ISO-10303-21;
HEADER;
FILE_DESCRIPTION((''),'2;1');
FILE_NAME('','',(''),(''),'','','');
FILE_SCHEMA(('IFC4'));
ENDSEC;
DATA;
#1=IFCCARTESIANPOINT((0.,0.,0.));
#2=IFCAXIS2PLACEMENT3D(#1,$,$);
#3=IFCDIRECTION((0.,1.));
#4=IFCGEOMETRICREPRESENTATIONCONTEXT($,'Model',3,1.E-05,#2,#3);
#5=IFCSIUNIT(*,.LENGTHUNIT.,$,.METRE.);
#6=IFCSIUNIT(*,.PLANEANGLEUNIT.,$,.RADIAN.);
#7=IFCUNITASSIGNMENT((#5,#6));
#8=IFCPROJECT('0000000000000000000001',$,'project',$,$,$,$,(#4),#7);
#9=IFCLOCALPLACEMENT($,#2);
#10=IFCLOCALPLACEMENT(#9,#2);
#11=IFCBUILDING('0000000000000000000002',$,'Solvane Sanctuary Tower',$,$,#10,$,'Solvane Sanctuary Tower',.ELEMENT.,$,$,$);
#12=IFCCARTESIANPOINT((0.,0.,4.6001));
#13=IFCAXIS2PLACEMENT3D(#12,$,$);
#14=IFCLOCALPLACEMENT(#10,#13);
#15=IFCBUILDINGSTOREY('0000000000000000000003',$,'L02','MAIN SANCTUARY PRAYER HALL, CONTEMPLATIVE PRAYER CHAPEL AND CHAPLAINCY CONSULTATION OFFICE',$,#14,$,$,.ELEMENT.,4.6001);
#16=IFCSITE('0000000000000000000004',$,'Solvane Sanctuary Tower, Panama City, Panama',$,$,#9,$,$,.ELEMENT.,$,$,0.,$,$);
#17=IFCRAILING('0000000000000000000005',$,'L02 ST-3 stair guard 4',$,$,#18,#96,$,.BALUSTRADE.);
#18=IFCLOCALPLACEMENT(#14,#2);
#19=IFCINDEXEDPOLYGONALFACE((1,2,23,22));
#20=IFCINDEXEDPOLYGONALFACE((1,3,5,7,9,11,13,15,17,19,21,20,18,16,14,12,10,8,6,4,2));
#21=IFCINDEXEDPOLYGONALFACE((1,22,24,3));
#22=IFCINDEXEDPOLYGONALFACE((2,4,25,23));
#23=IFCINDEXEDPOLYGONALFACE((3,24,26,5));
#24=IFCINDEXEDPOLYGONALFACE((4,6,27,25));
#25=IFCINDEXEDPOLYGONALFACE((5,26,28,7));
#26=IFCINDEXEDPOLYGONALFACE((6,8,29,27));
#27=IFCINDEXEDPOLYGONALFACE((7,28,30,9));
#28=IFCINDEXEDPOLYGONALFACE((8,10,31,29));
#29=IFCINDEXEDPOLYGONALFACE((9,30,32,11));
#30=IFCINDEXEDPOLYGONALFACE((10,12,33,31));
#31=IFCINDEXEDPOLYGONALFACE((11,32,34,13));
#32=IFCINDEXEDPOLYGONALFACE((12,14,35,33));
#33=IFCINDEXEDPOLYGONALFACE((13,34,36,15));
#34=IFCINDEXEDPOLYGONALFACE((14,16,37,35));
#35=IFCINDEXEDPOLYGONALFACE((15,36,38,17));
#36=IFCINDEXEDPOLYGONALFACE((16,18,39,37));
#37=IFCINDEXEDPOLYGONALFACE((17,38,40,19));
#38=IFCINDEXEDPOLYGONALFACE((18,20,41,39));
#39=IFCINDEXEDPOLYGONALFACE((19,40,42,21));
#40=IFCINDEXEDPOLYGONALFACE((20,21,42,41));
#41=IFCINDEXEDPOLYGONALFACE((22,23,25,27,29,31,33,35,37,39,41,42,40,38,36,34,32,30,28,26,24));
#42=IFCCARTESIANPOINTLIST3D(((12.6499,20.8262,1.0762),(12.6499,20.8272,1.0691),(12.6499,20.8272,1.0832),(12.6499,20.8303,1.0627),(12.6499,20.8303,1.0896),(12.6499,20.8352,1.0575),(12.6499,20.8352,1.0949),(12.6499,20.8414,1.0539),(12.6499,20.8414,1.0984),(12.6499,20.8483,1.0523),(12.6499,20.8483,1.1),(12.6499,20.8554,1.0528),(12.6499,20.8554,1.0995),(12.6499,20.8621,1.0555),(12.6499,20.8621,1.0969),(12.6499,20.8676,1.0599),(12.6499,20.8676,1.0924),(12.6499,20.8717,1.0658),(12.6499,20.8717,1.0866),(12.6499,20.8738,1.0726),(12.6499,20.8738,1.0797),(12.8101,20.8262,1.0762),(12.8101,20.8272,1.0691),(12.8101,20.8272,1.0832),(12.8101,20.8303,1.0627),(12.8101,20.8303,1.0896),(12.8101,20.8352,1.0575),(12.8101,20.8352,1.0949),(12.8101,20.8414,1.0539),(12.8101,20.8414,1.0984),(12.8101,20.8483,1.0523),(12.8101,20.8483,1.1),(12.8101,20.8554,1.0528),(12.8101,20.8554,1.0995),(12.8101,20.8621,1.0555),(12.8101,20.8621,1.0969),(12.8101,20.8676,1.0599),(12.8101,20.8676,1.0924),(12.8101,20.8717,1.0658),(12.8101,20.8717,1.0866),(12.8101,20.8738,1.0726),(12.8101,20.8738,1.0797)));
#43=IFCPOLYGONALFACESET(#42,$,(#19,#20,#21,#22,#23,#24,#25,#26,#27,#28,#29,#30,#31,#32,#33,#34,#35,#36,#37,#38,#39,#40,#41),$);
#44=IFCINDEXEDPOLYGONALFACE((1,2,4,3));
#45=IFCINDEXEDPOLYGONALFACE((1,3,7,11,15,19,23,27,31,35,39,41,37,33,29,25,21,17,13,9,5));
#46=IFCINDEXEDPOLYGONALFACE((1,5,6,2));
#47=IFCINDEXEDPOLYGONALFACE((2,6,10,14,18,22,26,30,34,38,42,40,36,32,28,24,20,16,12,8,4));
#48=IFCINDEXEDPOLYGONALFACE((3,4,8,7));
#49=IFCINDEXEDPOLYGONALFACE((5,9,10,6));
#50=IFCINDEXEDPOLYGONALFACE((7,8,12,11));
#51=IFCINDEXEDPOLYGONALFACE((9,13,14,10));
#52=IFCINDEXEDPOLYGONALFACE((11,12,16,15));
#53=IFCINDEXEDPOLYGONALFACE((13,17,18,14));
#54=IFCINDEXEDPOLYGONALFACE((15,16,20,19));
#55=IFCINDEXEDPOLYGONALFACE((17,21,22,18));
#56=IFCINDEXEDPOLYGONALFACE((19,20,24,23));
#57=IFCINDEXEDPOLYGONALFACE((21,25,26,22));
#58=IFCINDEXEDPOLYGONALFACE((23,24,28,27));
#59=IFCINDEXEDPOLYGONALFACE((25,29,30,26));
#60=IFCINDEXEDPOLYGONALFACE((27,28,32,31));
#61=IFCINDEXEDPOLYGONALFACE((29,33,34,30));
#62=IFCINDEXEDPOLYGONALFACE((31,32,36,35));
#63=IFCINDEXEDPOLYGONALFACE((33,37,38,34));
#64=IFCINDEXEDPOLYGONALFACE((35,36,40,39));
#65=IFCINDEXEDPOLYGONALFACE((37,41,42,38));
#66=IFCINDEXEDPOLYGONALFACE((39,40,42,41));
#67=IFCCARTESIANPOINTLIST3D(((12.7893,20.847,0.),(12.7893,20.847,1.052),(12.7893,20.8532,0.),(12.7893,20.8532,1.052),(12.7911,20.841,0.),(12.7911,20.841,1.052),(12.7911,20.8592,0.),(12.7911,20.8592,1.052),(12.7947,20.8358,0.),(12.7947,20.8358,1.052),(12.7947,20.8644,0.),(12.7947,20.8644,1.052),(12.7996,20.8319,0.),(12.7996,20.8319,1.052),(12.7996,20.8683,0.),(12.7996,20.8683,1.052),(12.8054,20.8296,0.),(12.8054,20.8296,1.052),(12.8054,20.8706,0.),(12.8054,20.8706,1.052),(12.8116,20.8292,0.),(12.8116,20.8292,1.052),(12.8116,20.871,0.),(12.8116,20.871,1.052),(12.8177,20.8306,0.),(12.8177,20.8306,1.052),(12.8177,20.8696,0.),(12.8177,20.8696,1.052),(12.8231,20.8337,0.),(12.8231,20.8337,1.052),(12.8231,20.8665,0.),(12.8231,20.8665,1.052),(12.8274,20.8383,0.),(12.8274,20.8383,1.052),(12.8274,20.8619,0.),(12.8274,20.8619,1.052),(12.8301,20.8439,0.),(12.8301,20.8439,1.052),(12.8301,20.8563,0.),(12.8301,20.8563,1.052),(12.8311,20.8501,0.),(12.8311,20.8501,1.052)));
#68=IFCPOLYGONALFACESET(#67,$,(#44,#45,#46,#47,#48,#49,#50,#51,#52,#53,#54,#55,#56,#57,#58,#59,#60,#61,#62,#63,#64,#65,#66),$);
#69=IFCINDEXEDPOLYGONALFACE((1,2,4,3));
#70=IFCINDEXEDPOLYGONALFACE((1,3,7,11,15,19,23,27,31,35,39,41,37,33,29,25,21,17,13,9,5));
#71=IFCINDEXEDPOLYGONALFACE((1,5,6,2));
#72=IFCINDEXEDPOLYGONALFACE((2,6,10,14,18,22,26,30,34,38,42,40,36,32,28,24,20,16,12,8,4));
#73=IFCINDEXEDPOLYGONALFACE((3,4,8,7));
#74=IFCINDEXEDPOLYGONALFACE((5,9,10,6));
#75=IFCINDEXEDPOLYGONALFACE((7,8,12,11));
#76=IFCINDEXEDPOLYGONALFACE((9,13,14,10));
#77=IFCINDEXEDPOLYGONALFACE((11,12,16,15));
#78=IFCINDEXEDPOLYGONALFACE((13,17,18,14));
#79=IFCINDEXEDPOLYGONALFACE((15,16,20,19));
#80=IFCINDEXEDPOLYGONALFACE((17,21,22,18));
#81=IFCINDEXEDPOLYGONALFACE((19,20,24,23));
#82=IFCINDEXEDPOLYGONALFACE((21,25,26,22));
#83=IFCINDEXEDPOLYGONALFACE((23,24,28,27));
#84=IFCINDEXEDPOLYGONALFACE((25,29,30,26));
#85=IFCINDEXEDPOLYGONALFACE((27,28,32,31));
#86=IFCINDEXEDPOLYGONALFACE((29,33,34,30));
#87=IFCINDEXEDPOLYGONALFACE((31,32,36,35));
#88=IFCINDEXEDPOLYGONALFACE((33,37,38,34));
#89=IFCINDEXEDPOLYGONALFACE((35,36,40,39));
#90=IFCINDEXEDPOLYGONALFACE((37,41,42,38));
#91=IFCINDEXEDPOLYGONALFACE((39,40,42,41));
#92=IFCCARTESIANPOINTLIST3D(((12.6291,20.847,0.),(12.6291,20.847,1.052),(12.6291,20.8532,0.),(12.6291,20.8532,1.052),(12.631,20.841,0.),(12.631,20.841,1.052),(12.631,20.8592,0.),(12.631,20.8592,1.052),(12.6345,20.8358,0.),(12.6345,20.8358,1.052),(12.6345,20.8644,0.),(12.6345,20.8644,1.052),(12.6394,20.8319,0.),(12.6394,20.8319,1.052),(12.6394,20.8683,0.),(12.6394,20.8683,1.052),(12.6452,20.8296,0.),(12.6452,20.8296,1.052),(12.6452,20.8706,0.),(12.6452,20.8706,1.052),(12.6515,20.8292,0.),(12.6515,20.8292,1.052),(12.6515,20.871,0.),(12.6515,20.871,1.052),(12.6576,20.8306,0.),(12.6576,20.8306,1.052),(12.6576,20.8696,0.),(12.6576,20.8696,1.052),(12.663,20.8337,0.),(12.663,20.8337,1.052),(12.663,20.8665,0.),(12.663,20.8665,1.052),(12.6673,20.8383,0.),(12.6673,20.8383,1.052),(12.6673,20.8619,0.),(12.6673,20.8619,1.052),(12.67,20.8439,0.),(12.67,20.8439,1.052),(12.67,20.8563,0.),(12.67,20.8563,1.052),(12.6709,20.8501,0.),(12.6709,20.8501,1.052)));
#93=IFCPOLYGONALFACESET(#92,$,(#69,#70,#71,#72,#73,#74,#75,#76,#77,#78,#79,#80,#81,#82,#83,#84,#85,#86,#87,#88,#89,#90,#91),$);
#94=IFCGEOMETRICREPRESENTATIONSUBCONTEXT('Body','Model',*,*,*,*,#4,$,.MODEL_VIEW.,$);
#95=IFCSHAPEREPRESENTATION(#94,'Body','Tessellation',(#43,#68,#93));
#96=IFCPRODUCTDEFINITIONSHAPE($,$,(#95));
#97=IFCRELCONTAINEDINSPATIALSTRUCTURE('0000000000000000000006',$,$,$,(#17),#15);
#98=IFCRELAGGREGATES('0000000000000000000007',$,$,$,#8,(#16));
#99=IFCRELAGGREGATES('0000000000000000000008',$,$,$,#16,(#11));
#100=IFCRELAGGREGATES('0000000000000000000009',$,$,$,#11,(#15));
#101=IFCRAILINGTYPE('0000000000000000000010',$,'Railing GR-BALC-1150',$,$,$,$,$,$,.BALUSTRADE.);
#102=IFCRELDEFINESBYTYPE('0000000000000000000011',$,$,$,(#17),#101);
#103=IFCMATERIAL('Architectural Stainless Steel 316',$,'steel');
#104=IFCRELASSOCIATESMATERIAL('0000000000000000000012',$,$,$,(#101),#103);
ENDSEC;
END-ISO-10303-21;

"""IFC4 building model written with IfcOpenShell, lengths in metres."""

from ifc_helpers import new_model, si_unit, direction, frame, origin, origin_2d, place, context, subcontext, project, spatial, circle, extrude, material, type_object, element, save


model = new_model("IFC4")

# Units and contexts
model_context = context("Model", 3, precision=1e-05, world=origin(), true_north=direction((0.0, 1.0)))
body_context = subcontext(model_context, "Body", "Model", "MODEL_VIEW")
ifc_project = project(units=[si_unit("LENGTHUNIT", "METRE"), si_unit("PLANEANGLEUNIT", "RADIAN")], contexts=[model_context])

# Site, building, storey
site_placement = place(None, origin())
site = spatial("IfcSite", under=ifc_project, at=site_placement, Name="Solvane Sanctuary Tower, Panama City, Panama", CompositionType="ELEMENT", RefElevation=0.0)
building_placement = place(site_placement, origin())
building = spatial("IfcBuilding", under=site, at=building_placement, Name="Solvane Sanctuary Tower", LongName="Solvane Sanctuary Tower", CompositionType="ELEMENT")
storey_placement = place(building_placement, frame((0.0, 0.0, 4.6001)))
storey = spatial("IfcBuildingStorey", under=building, at=storey_placement, Name="L02", Description="MAIN SANCTUARY PRAYER HALL, CONTEMPLATIVE PRAYER CHAPEL AND CHAPLAINCY CONSULTATION OFFICE", CompositionType="ELEMENT", Elevation=4.6001)

# Shared definitions
ifc_material_1 = material(Name="Architectural Stainless Steel 316", Category="steel")

# Railing
railing_type_1 = type_object("IfcRailingType", Name="Railing GR-BALC-1150", PredefinedType="BALUSTRADE", material=ifc_material_1)
railing_1_placement = place(storey_placement, frame((12.8101, 20.8501, 0.0)))
element("IfcRailing", 1, at=railing_1_placement, inside=storey, type_object=railing_type_1, Name="L02 ST-3 stair guard 4", PredefinedType="BALUSTRADE", context=body_context, shape_type="SweptSolid", body=[
    extrude(circle(Radius=0.0239, at=origin_2d()), frame((0.0, 0.0, 1.0762), z_axis=(-1.0, 0.0, 0.0), x_axis=(0.0, -1.0, 0.0)), (0.0, 0.0, 1.0), 0.1602),
    extrude(circle(Radius=0.021, at=origin_2d()), origin(), (0.0, 0.0, 1.0), 1.052),
    extrude(circle(Radius=0.021, at=origin_2d()), frame((-0.1602, 0.0, 0.0)), (0.0, 0.0, 1.0), 1.052),
])

save(model, "model.ifc")
